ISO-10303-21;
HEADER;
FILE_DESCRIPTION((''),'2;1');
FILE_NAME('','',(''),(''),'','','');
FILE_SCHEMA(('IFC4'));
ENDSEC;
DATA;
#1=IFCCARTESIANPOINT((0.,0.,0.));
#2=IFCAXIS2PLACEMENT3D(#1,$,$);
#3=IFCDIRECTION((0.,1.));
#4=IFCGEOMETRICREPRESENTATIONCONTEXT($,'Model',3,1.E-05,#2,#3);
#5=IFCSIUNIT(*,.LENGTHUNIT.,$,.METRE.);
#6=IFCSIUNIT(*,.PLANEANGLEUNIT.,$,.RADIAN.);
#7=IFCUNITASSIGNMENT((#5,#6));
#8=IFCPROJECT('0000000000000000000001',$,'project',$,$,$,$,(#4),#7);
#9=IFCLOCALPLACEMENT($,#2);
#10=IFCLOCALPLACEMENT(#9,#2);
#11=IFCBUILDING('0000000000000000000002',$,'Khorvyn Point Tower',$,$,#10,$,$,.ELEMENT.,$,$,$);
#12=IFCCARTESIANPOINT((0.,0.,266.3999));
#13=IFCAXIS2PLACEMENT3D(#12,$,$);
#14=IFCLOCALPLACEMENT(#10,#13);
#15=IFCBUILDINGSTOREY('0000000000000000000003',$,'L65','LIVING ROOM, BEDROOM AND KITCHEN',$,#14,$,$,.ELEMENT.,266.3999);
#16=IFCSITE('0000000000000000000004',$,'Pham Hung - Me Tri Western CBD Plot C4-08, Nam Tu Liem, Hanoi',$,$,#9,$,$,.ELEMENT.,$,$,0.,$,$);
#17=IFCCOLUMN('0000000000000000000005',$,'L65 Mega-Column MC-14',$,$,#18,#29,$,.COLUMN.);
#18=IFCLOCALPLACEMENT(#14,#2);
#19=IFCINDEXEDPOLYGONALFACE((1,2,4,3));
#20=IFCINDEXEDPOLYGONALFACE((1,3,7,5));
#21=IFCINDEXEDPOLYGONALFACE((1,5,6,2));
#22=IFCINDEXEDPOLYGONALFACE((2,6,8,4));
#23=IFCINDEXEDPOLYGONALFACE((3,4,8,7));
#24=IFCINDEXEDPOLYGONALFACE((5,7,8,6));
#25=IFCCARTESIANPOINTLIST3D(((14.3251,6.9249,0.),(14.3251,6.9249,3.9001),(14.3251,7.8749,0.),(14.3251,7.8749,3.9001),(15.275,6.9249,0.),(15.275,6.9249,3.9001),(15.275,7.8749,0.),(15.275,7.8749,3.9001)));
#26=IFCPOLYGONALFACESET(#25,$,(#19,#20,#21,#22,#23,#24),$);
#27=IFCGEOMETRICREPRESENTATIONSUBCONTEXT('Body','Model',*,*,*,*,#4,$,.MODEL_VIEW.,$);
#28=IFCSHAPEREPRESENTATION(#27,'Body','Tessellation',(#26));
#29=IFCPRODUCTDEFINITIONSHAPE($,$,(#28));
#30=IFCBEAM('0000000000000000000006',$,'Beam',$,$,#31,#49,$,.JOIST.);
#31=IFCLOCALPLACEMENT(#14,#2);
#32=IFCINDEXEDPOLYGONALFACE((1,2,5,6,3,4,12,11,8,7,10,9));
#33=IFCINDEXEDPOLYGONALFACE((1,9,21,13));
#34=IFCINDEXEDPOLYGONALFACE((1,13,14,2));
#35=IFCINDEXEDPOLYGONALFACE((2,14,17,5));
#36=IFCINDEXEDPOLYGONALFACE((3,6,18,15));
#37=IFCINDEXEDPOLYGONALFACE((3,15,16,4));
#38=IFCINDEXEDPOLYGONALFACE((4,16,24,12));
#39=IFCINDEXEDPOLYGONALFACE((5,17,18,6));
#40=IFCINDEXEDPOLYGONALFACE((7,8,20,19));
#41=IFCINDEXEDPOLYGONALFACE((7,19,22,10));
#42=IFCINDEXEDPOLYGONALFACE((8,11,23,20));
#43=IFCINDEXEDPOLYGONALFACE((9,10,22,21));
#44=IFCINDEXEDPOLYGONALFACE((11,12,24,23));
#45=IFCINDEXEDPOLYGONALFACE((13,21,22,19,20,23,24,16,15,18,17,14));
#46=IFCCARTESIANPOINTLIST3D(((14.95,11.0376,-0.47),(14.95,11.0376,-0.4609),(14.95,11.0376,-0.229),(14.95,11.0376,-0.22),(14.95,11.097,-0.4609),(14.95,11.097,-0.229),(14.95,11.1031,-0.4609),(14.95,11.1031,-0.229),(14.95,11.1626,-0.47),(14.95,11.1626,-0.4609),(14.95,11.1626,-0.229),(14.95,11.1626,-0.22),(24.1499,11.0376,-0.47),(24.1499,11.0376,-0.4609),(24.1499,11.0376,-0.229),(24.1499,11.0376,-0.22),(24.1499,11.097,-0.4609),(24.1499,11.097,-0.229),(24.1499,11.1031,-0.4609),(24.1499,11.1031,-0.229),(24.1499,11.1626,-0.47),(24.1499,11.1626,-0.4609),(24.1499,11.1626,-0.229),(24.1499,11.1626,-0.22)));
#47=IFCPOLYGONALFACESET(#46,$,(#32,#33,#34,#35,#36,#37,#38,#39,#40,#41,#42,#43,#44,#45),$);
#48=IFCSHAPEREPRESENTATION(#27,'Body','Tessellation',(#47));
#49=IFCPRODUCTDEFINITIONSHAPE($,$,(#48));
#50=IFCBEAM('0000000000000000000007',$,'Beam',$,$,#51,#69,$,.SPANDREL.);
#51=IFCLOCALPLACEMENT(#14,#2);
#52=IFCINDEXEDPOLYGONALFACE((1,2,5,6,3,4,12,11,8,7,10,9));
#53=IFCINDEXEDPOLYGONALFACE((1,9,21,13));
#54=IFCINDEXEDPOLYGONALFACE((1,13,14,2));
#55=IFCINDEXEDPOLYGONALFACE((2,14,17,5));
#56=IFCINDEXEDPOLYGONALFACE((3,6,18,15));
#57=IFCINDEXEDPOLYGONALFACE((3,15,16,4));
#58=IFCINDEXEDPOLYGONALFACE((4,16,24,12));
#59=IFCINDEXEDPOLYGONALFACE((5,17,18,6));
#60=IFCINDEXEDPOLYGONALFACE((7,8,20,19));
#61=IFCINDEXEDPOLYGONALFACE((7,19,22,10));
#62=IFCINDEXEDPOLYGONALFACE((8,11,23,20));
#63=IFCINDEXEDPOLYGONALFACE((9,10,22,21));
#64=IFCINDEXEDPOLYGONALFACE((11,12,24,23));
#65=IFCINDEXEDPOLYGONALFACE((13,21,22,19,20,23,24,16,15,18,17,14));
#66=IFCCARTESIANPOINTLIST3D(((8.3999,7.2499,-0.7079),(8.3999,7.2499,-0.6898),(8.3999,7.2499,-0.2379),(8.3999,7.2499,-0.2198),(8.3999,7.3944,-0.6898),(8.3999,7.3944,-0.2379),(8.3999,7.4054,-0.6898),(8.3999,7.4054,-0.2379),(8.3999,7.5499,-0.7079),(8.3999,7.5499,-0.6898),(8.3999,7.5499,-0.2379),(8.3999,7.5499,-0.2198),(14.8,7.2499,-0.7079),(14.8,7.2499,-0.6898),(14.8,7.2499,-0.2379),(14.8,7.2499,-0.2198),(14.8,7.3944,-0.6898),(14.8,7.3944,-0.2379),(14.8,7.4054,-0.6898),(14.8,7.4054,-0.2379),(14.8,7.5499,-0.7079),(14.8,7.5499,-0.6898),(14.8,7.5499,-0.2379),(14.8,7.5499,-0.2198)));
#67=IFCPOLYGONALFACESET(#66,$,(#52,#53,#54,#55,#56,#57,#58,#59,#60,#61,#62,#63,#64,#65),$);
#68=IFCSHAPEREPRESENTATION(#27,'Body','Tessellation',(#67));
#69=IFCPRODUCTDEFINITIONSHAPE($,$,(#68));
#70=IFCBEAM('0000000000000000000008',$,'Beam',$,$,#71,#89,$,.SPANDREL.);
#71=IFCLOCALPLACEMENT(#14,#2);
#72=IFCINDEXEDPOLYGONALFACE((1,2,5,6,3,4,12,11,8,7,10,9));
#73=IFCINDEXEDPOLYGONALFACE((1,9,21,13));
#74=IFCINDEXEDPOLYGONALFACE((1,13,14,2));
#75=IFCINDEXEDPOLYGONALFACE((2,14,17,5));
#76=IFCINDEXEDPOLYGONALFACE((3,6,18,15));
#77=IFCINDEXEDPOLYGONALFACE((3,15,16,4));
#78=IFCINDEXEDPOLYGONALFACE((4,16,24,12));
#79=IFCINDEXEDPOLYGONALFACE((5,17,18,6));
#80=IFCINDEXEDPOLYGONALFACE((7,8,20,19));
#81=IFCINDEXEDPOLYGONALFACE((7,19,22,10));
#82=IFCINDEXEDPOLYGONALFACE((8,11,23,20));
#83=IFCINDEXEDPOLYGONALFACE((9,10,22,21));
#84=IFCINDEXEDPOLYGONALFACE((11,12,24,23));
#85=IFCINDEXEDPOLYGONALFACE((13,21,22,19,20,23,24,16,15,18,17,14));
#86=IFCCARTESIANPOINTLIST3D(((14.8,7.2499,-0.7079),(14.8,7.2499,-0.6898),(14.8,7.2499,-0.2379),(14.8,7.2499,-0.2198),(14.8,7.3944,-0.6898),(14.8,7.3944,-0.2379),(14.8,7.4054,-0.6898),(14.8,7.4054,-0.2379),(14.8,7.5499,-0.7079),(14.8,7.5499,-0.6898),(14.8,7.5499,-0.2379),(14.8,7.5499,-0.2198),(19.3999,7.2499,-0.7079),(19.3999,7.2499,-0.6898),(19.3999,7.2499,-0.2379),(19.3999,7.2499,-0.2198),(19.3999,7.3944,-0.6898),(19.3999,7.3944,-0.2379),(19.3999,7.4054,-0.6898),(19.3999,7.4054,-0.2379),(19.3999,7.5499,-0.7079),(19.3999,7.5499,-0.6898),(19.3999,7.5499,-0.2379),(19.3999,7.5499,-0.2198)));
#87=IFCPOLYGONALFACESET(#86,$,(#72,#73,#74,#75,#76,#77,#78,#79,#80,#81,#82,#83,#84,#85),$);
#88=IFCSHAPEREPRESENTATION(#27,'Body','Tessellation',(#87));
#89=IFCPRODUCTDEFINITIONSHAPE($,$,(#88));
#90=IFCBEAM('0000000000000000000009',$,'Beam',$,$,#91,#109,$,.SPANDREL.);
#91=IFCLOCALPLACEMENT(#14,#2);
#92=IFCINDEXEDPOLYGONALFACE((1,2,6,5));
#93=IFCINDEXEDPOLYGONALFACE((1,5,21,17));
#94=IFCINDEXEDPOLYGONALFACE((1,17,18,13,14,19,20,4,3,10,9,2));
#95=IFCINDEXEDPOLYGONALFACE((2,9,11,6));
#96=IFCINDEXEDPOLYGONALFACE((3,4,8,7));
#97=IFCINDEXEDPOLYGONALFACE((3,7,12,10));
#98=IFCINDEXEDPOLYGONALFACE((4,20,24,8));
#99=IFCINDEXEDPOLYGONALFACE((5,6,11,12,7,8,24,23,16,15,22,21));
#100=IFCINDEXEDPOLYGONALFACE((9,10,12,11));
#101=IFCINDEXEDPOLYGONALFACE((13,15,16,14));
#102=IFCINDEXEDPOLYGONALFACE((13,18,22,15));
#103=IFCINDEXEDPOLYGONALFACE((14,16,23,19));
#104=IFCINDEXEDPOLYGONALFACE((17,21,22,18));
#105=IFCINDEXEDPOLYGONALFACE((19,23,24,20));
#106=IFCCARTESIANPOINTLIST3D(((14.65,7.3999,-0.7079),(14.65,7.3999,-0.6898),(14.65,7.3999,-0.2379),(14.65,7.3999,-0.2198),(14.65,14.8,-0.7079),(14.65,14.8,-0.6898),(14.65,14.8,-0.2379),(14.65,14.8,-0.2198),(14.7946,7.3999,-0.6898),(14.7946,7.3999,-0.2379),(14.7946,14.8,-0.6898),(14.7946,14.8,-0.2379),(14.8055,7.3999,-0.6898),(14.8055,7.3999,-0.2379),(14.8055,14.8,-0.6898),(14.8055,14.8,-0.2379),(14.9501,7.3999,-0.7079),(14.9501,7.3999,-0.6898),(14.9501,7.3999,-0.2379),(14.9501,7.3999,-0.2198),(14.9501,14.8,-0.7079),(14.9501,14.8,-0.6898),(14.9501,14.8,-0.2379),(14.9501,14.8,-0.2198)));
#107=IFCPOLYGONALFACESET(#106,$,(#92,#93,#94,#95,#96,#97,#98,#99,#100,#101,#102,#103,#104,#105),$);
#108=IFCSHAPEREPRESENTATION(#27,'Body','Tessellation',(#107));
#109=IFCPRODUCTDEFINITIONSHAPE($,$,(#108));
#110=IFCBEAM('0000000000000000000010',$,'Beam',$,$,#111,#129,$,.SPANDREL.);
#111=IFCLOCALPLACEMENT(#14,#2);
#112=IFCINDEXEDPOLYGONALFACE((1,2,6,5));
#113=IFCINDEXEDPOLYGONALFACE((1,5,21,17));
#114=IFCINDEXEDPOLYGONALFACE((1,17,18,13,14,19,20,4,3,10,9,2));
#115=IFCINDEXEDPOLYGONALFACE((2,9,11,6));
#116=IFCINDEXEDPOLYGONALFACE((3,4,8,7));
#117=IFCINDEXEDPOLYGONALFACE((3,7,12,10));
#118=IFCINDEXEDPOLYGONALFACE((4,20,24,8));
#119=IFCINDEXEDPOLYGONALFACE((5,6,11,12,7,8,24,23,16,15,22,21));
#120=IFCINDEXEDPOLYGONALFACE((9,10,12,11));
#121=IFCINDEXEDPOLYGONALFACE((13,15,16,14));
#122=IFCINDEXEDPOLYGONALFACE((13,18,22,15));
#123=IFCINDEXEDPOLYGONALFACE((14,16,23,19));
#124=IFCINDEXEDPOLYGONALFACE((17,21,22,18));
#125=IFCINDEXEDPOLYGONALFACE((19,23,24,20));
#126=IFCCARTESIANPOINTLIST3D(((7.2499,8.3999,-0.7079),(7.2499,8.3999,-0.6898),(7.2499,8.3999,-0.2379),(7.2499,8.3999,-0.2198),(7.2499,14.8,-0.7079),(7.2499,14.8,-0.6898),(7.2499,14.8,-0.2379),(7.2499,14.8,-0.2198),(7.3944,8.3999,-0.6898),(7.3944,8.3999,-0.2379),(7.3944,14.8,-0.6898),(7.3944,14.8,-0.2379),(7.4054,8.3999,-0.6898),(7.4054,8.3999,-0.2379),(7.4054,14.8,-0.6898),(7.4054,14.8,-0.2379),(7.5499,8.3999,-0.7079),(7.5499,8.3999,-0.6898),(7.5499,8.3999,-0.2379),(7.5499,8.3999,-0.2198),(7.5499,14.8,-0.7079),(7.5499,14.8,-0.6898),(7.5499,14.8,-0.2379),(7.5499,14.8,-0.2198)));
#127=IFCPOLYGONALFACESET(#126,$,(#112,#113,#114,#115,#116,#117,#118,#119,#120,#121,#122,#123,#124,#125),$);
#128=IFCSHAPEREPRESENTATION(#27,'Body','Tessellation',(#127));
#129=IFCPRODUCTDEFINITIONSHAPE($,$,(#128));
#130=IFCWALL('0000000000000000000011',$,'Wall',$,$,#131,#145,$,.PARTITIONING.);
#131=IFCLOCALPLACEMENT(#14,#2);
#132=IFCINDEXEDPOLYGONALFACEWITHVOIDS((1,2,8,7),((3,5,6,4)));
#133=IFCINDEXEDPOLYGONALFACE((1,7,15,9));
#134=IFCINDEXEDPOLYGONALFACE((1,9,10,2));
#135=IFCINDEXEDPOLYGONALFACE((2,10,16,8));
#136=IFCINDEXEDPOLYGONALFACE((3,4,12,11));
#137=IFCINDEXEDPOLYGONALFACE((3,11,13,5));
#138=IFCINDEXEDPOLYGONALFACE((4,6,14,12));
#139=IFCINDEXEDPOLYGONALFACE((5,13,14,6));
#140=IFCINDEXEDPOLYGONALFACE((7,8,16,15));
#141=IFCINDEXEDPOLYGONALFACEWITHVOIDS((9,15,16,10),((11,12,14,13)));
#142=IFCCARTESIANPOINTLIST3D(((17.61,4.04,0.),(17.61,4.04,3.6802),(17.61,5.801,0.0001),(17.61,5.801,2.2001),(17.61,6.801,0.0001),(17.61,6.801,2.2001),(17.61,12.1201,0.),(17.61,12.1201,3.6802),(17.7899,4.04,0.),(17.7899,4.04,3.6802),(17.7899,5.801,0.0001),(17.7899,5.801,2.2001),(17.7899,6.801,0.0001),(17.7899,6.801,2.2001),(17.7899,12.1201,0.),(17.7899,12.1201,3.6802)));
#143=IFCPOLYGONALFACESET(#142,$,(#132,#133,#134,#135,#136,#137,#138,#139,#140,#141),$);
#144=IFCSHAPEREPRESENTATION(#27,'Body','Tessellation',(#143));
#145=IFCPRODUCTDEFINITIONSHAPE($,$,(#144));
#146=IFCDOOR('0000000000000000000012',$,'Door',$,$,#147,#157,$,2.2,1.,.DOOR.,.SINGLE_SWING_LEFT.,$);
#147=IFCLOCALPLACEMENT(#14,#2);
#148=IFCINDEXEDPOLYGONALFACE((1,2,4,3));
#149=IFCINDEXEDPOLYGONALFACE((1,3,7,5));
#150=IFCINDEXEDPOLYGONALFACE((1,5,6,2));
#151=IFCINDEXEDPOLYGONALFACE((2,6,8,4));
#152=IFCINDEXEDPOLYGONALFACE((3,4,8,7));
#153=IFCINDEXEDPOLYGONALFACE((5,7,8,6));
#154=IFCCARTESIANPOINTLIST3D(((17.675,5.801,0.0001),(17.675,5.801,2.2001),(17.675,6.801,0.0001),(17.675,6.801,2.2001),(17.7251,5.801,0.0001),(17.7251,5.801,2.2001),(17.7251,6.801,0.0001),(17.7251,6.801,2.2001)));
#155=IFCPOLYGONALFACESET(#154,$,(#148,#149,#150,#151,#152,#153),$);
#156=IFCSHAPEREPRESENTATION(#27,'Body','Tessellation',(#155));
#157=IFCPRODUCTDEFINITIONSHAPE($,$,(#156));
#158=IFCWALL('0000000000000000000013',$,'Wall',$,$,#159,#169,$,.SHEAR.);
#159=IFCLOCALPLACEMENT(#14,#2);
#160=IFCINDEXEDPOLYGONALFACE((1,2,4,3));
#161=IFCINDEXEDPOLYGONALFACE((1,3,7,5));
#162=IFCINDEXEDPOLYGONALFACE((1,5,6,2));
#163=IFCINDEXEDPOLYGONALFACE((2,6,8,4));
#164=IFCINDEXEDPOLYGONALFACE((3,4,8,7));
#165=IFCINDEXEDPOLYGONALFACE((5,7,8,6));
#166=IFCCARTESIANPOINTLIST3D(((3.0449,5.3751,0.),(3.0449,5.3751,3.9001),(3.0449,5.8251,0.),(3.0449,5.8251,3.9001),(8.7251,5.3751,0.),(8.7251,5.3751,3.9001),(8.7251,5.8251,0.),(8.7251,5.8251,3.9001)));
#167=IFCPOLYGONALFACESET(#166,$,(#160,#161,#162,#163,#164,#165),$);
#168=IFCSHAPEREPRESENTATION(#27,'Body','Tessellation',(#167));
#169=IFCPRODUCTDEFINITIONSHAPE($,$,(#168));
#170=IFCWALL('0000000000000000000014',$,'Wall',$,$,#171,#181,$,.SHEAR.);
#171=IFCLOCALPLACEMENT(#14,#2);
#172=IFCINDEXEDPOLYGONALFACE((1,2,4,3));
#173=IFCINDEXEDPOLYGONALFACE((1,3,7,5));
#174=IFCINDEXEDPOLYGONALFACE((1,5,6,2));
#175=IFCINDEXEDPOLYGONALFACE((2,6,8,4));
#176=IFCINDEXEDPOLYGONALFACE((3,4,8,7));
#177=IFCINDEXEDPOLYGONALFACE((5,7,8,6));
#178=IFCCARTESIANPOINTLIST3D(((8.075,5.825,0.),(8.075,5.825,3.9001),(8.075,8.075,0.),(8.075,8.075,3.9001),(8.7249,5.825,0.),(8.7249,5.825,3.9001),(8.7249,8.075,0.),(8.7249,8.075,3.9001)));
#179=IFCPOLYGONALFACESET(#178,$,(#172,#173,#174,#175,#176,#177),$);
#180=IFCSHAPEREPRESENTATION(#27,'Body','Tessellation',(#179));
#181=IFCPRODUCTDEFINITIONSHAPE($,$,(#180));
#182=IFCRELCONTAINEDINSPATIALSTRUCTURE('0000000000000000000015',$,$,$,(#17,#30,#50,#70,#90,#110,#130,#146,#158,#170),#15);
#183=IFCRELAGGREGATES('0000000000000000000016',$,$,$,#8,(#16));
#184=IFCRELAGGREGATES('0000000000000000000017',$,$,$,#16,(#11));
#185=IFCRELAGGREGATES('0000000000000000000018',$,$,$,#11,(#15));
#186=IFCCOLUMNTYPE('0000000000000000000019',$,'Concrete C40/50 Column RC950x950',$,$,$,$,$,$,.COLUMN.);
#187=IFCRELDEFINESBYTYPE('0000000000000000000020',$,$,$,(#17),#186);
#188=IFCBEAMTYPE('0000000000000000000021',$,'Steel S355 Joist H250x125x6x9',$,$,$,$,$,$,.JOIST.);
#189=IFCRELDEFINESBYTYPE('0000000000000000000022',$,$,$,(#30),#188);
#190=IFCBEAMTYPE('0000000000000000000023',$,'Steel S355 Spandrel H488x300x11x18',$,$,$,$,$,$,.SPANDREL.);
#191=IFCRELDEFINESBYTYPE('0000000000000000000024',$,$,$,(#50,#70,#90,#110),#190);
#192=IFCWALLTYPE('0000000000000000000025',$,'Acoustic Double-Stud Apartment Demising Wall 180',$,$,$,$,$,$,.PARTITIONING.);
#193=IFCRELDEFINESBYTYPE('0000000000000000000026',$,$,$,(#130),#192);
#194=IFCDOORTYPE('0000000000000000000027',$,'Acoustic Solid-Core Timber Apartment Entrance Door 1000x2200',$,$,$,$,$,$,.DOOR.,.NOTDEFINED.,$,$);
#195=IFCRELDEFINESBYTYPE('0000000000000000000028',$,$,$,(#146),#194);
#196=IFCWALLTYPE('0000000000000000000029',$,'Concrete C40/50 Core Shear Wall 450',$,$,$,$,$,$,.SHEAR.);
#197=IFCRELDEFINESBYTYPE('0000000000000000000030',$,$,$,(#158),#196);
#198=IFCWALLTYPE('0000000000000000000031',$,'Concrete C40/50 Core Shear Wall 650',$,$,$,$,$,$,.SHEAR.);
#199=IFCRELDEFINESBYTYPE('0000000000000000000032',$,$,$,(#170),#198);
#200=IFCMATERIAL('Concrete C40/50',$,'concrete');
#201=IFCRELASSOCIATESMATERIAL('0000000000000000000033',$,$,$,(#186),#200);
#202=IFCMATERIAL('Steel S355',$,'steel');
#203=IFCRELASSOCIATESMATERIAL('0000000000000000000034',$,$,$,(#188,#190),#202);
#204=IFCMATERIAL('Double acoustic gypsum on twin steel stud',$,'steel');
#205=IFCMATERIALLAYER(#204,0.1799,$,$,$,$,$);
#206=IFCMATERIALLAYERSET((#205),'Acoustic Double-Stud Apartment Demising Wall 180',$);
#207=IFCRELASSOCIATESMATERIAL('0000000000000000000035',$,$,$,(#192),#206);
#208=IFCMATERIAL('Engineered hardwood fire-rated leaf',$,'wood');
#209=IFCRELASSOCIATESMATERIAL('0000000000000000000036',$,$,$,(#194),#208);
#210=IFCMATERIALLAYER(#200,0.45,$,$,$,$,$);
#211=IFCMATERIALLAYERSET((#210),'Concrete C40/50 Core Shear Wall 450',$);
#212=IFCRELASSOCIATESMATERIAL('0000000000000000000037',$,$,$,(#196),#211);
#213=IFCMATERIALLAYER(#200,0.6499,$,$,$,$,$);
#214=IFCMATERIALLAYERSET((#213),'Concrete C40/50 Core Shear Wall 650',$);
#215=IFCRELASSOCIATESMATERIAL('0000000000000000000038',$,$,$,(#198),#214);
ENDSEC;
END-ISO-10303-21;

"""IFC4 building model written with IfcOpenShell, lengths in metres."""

from ifc_helpers import new_model, si_unit, direction, frame, frame_2d, origin, origin_2d, place, context, subcontext, project, spatial, rectangle, i_section, extrude, material, layer, layer_set, material_profile, profile_set, type_object, element, fill, save


model = new_model("IFC4")

# Units and contexts
model_context = context("Model", 3, precision=1e-05, world=origin(), true_north=direction((0.0, 1.0)))
body_context = subcontext(model_context, "Body", "Model", "MODEL_VIEW")
ifc_project = project(units=[si_unit("LENGTHUNIT", "METRE"), si_unit("PLANEANGLEUNIT", "RADIAN")], contexts=[model_context])

# Site, building, storey
site_placement = place(None, origin())
site = spatial("IfcSite", under=ifc_project, at=site_placement, Name="Pham Hung - Me Tri Western CBD Plot C4-08, Nam Tu Liem, Hanoi", CompositionType="ELEMENT", RefElevation=0.0)
building_placement = place(site_placement, origin())
building = spatial("IfcBuilding", under=site, at=building_placement, Name="Khorvyn Point Tower", CompositionType="ELEMENT")
storey_placement = place(building_placement, frame((0.0, 0.0, 266.3999)))
storey = spatial("IfcBuildingStorey", under=building, at=storey_placement, Name="L65", Description="LIVING ROOM, BEDROOM AND KITCHEN", CompositionType="ELEMENT", Elevation=266.3999)

# Column
ifc_material_1 = material(Name="Concrete C40/50", Category="concrete")
ifc_material_profile_1 = material_profile(ifc_material_1, rectangle(XDim=0.95, YDim=0.95, at=origin_2d()))
ifc_profile_set_1 = profile_set([ifc_material_profile_1], Name="Concrete C40/50 RC950x950")
column_type = type_object("IfcColumnType", Name="Concrete C40/50 Column RC950x950", PredefinedType="COLUMN", material=ifc_profile_set_1)
column_placement = place(storey_placement, frame((14.8, 7.3999, 0.0), z_axis=(0.0, 0.0, 1.0), x_axis=(1.0, 0.0, 0.0)))
element("IfcColumn", 1, at=column_placement, inside=storey, type_object=column_type, Name="L65 Mega-Column MC-14", PredefinedType="COLUMN", context=body_context, shape_type="SweptSolid", body=[
    extrude(rectangle(XDim=0.95, YDim=0.95, at=origin_2d()), origin(), (0.0, 0.0, 1.0), 3.9001),
])

# Beams
ifc_material_2 = material(Name="Steel S355", Category="steel")
ifc_material_profile_2 = material_profile(ifc_material_2, i_section(OverallWidth=0.125, OverallDepth=0.25, WebThickness=0.0061, FlangeThickness=0.009, at=origin_2d()))
ifc_profile_set_2 = profile_set([ifc_material_profile_2], Name="Steel S355 H250x125x6x9")
beam_type_1 = type_object("IfcBeamType", Name="Steel S355 Joist H250x125x6x9", PredefinedType="JOIST", material=ifc_profile_set_2)
beam_1_placement = place(storey_placement, frame((14.95, 11.1001, -0.345), z_axis=(1.0, 0.0, 0.0), x_axis=(0.0, 1.0, 0.0)))
element("IfcBeam", 2, at=beam_1_placement, inside=storey, type_object=beam_type_1, Name="Beam", PredefinedType="JOIST", context=body_context, shape_type="SweptSolid", body=[
    extrude(i_section(OverallWidth=0.125, OverallDepth=0.25, WebThickness=0.0061, FlangeThickness=0.009, at=origin_2d()), origin(), (0.0, 0.0, 1.0), 9.2),
])
ifc_material_profile_3 = material_profile(ifc_material_2, i_section(OverallWidth=0.3, OverallDepth=0.488, WebThickness=0.011, FlangeThickness=0.0181, at=origin_2d()))
ifc_profile_set_3 = profile_set([ifc_material_profile_3], Name="Steel S355 H488x300x11x18")
beam_type_2 = type_object("IfcBeamType", Name="Steel S355 Spandrel H488x300x11x18", PredefinedType="SPANDREL", material=ifc_profile_set_3)
beam_2_placement = place(storey_placement, frame((8.3999, 7.3999, -0.4639), z_axis=(1.0, 0.0, 0.0), x_axis=(0.0, 1.0, 0.0)))
element("IfcBeam", 3, at=beam_2_placement, inside=storey, type_object=beam_type_2, Name="Beam", PredefinedType="SPANDREL", context=body_context, shape_type="SweptSolid", body=[
    extrude(i_section(OverallWidth=0.3, OverallDepth=0.488, WebThickness=0.011, FlangeThickness=0.0181, at=origin_2d()), origin(), (0.0, 0.0, 1.0), 6.4001),
])
beam_3_placement = place(storey_placement, frame((14.8, 7.3999, -0.4639), z_axis=(1.0, 0.0, 0.0), x_axis=(0.0, 1.0, 0.0)))
element("IfcBeam", 4, at=beam_3_placement, inside=storey, type_object=beam_type_2, Name="Beam", PredefinedType="SPANDREL", context=body_context, shape_type="SweptSolid", body=[
    extrude(i_section(OverallWidth=0.3, OverallDepth=0.488, WebThickness=0.011, FlangeThickness=0.0181, at=origin_2d()), origin(), (0.0, 0.0, 1.0), 4.5999),
])
beam_4_placement = place(storey_placement, frame((14.8, 7.3999, -0.4639), z_axis=(0.0, 1.0, 0.0), x_axis=(-1.0, 0.0, 0.0)))
element("IfcBeam", 5, at=beam_4_placement, inside=storey, type_object=beam_type_2, Name="Beam", PredefinedType="SPANDREL", context=body_context, shape_type="SweptSolid", body=[
    extrude(i_section(OverallWidth=0.3, OverallDepth=0.488, WebThickness=0.011, FlangeThickness=0.0181, at=origin_2d()), origin(), (0.0, 0.0, 1.0), 7.4001),
])
beam_5_placement = place(storey_placement, frame((7.3999, 8.3999, -0.4639), z_axis=(0.0, 1.0, 0.0), x_axis=(-1.0, 0.0, 0.0)))
element("IfcBeam", 6, at=beam_5_placement, inside=storey, type_object=beam_type_2, Name="Beam", PredefinedType="SPANDREL", context=body_context, shape_type="SweptSolid", body=[
    extrude(i_section(OverallWidth=0.3, OverallDepth=0.488, WebThickness=0.011, FlangeThickness=0.0181, at=origin_2d()), origin(), (0.0, 0.0, 1.0), 6.4001),
])

# Wall, opening, door
ifc_material_3 = material(Name="Double acoustic gypsum on twin steel stud", Category="steel")
ifc_layer_1 = layer(ifc_material_3, 0.1799)
ifc_layer_set_1 = layer_set([ifc_layer_1], Name="Acoustic Double-Stud Apartment Demising Wall 180")
wall_type_1 = type_object("IfcWallType", Name="Acoustic Double-Stud Apartment Demising Wall 180", PredefinedType="PARTITIONING", material=ifc_layer_set_1)
wall_1_placement = place(storey_placement, frame((17.7, 4.04, 0.0), z_axis=(0.0, 0.0, 1.0), x_axis=(0.0, 1.0, 0.0)))
wall_1 = element("IfcWall", 7, at=wall_1_placement, inside=storey, type_object=wall_type_1, Name="Wall", PredefinedType="PARTITIONING", context=body_context, shape_type="SweptSolid", body=[
    extrude(rectangle(XDim=8.0801, YDim=0.1799, at=frame_2d((4.04, 0.0))), origin(), (0.0, 0.0, 1.0), 3.6802),
])
opening_1_placement = place(wall_1_placement, frame((1.761, 0.0, 0.0)))
opening_1 = element("IfcOpeningElement", 8, at=opening_1_placement, cuts=wall_1, PredefinedType="OPENING", context=body_context, shape_type="SweptSolid", body=[
    extrude(rectangle(XDim=1.0, YDim=2.2, at=frame_2d((0.5, 1.1001))), frame((0.0, 0.0999, 0.0), z_axis=(0.0, -1.0, 0.0), x_axis=(1.0, 0.0, 0.0)), (0.0, 0.0, 1.0), 0.2),
])
ifc_material_4 = material(Name="Engineered hardwood fire-rated leaf", Category="wood")
door_type_1 = type_object("IfcDoorType", Name="Acoustic Solid-Core Timber Apartment Entrance Door 1000x2200", OperationType="NOTDEFINED", PredefinedType="DOOR", material=ifc_material_4)
door_1_placement = place(opening_1_placement, origin())
door_1 = element("IfcDoor", 9, at=door_1_placement, inside=storey, type_object=door_type_1, Name="Door", OperationType="SINGLE_SWING_LEFT", OverallHeight=2.2, OverallWidth=1.0, PredefinedType="DOOR", context=body_context, shape_type="SweptSolid", body=[
    extrude(rectangle(XDim=1.0, YDim=2.2, at=frame_2d((0.5, 1.1001))), frame((0.0, 0.0249, 0.0), z_axis=(0.0, -1.0, 0.0), x_axis=(1.0, 0.0, 0.0)), (0.0, 0.0, 1.0), 0.05),
])
fill(opening_1, door_1)

# Walls
ifc_layer_2 = layer(ifc_material_1, 0.45)
ifc_layer_set_2 = layer_set([ifc_layer_2], Name="Concrete C40/50 Core Shear Wall 450")
wall_type_2 = type_object("IfcWallType", Name="Concrete C40/50 Core Shear Wall 450", PredefinedType="SHEAR", material=ifc_layer_set_2)
wall_2_placement = place(storey_placement, frame((3.0449, 5.6001, 0.0), z_axis=(0.0, 0.0, 1.0), x_axis=(1.0, 0.0, 0.0)))
element("IfcWall", 10, at=wall_2_placement, inside=storey, type_object=wall_type_2, Name="Wall", PredefinedType="SHEAR", context=body_context, shape_type="SweptSolid", body=[
    extrude(rectangle(XDim=5.6802, YDim=0.45, at=frame_2d((2.8401, 0.0))), origin(), (0.0, 0.0, 1.0), 3.9001),
])
ifc_layer_3 = layer(ifc_material_1, 0.6499)
ifc_layer_set_3 = layer_set([ifc_layer_3], Name="Concrete C40/50 Core Shear Wall 650")
wall_type_3 = type_object("IfcWallType", Name="Concrete C40/50 Core Shear Wall 650", PredefinedType="SHEAR", material=ifc_layer_set_3)
wall_3_placement = place(storey_placement, frame((8.3999, 5.825, 0.0), z_axis=(0.0, 0.0, 1.0), x_axis=(0.0, 1.0, 0.0)))
element("IfcWall", 11, at=wall_3_placement, inside=storey, type_object=wall_type_3, Name="Wall", PredefinedType="SHEAR", context=body_context, shape_type="SweptSolid", body=[
    extrude(rectangle(XDim=2.25, YDim=0.6499, at=frame_2d((1.125, 0.0))), origin(), (0.0, 0.0, 1.0), 3.9001),
])

save(model, "model.ifc")
